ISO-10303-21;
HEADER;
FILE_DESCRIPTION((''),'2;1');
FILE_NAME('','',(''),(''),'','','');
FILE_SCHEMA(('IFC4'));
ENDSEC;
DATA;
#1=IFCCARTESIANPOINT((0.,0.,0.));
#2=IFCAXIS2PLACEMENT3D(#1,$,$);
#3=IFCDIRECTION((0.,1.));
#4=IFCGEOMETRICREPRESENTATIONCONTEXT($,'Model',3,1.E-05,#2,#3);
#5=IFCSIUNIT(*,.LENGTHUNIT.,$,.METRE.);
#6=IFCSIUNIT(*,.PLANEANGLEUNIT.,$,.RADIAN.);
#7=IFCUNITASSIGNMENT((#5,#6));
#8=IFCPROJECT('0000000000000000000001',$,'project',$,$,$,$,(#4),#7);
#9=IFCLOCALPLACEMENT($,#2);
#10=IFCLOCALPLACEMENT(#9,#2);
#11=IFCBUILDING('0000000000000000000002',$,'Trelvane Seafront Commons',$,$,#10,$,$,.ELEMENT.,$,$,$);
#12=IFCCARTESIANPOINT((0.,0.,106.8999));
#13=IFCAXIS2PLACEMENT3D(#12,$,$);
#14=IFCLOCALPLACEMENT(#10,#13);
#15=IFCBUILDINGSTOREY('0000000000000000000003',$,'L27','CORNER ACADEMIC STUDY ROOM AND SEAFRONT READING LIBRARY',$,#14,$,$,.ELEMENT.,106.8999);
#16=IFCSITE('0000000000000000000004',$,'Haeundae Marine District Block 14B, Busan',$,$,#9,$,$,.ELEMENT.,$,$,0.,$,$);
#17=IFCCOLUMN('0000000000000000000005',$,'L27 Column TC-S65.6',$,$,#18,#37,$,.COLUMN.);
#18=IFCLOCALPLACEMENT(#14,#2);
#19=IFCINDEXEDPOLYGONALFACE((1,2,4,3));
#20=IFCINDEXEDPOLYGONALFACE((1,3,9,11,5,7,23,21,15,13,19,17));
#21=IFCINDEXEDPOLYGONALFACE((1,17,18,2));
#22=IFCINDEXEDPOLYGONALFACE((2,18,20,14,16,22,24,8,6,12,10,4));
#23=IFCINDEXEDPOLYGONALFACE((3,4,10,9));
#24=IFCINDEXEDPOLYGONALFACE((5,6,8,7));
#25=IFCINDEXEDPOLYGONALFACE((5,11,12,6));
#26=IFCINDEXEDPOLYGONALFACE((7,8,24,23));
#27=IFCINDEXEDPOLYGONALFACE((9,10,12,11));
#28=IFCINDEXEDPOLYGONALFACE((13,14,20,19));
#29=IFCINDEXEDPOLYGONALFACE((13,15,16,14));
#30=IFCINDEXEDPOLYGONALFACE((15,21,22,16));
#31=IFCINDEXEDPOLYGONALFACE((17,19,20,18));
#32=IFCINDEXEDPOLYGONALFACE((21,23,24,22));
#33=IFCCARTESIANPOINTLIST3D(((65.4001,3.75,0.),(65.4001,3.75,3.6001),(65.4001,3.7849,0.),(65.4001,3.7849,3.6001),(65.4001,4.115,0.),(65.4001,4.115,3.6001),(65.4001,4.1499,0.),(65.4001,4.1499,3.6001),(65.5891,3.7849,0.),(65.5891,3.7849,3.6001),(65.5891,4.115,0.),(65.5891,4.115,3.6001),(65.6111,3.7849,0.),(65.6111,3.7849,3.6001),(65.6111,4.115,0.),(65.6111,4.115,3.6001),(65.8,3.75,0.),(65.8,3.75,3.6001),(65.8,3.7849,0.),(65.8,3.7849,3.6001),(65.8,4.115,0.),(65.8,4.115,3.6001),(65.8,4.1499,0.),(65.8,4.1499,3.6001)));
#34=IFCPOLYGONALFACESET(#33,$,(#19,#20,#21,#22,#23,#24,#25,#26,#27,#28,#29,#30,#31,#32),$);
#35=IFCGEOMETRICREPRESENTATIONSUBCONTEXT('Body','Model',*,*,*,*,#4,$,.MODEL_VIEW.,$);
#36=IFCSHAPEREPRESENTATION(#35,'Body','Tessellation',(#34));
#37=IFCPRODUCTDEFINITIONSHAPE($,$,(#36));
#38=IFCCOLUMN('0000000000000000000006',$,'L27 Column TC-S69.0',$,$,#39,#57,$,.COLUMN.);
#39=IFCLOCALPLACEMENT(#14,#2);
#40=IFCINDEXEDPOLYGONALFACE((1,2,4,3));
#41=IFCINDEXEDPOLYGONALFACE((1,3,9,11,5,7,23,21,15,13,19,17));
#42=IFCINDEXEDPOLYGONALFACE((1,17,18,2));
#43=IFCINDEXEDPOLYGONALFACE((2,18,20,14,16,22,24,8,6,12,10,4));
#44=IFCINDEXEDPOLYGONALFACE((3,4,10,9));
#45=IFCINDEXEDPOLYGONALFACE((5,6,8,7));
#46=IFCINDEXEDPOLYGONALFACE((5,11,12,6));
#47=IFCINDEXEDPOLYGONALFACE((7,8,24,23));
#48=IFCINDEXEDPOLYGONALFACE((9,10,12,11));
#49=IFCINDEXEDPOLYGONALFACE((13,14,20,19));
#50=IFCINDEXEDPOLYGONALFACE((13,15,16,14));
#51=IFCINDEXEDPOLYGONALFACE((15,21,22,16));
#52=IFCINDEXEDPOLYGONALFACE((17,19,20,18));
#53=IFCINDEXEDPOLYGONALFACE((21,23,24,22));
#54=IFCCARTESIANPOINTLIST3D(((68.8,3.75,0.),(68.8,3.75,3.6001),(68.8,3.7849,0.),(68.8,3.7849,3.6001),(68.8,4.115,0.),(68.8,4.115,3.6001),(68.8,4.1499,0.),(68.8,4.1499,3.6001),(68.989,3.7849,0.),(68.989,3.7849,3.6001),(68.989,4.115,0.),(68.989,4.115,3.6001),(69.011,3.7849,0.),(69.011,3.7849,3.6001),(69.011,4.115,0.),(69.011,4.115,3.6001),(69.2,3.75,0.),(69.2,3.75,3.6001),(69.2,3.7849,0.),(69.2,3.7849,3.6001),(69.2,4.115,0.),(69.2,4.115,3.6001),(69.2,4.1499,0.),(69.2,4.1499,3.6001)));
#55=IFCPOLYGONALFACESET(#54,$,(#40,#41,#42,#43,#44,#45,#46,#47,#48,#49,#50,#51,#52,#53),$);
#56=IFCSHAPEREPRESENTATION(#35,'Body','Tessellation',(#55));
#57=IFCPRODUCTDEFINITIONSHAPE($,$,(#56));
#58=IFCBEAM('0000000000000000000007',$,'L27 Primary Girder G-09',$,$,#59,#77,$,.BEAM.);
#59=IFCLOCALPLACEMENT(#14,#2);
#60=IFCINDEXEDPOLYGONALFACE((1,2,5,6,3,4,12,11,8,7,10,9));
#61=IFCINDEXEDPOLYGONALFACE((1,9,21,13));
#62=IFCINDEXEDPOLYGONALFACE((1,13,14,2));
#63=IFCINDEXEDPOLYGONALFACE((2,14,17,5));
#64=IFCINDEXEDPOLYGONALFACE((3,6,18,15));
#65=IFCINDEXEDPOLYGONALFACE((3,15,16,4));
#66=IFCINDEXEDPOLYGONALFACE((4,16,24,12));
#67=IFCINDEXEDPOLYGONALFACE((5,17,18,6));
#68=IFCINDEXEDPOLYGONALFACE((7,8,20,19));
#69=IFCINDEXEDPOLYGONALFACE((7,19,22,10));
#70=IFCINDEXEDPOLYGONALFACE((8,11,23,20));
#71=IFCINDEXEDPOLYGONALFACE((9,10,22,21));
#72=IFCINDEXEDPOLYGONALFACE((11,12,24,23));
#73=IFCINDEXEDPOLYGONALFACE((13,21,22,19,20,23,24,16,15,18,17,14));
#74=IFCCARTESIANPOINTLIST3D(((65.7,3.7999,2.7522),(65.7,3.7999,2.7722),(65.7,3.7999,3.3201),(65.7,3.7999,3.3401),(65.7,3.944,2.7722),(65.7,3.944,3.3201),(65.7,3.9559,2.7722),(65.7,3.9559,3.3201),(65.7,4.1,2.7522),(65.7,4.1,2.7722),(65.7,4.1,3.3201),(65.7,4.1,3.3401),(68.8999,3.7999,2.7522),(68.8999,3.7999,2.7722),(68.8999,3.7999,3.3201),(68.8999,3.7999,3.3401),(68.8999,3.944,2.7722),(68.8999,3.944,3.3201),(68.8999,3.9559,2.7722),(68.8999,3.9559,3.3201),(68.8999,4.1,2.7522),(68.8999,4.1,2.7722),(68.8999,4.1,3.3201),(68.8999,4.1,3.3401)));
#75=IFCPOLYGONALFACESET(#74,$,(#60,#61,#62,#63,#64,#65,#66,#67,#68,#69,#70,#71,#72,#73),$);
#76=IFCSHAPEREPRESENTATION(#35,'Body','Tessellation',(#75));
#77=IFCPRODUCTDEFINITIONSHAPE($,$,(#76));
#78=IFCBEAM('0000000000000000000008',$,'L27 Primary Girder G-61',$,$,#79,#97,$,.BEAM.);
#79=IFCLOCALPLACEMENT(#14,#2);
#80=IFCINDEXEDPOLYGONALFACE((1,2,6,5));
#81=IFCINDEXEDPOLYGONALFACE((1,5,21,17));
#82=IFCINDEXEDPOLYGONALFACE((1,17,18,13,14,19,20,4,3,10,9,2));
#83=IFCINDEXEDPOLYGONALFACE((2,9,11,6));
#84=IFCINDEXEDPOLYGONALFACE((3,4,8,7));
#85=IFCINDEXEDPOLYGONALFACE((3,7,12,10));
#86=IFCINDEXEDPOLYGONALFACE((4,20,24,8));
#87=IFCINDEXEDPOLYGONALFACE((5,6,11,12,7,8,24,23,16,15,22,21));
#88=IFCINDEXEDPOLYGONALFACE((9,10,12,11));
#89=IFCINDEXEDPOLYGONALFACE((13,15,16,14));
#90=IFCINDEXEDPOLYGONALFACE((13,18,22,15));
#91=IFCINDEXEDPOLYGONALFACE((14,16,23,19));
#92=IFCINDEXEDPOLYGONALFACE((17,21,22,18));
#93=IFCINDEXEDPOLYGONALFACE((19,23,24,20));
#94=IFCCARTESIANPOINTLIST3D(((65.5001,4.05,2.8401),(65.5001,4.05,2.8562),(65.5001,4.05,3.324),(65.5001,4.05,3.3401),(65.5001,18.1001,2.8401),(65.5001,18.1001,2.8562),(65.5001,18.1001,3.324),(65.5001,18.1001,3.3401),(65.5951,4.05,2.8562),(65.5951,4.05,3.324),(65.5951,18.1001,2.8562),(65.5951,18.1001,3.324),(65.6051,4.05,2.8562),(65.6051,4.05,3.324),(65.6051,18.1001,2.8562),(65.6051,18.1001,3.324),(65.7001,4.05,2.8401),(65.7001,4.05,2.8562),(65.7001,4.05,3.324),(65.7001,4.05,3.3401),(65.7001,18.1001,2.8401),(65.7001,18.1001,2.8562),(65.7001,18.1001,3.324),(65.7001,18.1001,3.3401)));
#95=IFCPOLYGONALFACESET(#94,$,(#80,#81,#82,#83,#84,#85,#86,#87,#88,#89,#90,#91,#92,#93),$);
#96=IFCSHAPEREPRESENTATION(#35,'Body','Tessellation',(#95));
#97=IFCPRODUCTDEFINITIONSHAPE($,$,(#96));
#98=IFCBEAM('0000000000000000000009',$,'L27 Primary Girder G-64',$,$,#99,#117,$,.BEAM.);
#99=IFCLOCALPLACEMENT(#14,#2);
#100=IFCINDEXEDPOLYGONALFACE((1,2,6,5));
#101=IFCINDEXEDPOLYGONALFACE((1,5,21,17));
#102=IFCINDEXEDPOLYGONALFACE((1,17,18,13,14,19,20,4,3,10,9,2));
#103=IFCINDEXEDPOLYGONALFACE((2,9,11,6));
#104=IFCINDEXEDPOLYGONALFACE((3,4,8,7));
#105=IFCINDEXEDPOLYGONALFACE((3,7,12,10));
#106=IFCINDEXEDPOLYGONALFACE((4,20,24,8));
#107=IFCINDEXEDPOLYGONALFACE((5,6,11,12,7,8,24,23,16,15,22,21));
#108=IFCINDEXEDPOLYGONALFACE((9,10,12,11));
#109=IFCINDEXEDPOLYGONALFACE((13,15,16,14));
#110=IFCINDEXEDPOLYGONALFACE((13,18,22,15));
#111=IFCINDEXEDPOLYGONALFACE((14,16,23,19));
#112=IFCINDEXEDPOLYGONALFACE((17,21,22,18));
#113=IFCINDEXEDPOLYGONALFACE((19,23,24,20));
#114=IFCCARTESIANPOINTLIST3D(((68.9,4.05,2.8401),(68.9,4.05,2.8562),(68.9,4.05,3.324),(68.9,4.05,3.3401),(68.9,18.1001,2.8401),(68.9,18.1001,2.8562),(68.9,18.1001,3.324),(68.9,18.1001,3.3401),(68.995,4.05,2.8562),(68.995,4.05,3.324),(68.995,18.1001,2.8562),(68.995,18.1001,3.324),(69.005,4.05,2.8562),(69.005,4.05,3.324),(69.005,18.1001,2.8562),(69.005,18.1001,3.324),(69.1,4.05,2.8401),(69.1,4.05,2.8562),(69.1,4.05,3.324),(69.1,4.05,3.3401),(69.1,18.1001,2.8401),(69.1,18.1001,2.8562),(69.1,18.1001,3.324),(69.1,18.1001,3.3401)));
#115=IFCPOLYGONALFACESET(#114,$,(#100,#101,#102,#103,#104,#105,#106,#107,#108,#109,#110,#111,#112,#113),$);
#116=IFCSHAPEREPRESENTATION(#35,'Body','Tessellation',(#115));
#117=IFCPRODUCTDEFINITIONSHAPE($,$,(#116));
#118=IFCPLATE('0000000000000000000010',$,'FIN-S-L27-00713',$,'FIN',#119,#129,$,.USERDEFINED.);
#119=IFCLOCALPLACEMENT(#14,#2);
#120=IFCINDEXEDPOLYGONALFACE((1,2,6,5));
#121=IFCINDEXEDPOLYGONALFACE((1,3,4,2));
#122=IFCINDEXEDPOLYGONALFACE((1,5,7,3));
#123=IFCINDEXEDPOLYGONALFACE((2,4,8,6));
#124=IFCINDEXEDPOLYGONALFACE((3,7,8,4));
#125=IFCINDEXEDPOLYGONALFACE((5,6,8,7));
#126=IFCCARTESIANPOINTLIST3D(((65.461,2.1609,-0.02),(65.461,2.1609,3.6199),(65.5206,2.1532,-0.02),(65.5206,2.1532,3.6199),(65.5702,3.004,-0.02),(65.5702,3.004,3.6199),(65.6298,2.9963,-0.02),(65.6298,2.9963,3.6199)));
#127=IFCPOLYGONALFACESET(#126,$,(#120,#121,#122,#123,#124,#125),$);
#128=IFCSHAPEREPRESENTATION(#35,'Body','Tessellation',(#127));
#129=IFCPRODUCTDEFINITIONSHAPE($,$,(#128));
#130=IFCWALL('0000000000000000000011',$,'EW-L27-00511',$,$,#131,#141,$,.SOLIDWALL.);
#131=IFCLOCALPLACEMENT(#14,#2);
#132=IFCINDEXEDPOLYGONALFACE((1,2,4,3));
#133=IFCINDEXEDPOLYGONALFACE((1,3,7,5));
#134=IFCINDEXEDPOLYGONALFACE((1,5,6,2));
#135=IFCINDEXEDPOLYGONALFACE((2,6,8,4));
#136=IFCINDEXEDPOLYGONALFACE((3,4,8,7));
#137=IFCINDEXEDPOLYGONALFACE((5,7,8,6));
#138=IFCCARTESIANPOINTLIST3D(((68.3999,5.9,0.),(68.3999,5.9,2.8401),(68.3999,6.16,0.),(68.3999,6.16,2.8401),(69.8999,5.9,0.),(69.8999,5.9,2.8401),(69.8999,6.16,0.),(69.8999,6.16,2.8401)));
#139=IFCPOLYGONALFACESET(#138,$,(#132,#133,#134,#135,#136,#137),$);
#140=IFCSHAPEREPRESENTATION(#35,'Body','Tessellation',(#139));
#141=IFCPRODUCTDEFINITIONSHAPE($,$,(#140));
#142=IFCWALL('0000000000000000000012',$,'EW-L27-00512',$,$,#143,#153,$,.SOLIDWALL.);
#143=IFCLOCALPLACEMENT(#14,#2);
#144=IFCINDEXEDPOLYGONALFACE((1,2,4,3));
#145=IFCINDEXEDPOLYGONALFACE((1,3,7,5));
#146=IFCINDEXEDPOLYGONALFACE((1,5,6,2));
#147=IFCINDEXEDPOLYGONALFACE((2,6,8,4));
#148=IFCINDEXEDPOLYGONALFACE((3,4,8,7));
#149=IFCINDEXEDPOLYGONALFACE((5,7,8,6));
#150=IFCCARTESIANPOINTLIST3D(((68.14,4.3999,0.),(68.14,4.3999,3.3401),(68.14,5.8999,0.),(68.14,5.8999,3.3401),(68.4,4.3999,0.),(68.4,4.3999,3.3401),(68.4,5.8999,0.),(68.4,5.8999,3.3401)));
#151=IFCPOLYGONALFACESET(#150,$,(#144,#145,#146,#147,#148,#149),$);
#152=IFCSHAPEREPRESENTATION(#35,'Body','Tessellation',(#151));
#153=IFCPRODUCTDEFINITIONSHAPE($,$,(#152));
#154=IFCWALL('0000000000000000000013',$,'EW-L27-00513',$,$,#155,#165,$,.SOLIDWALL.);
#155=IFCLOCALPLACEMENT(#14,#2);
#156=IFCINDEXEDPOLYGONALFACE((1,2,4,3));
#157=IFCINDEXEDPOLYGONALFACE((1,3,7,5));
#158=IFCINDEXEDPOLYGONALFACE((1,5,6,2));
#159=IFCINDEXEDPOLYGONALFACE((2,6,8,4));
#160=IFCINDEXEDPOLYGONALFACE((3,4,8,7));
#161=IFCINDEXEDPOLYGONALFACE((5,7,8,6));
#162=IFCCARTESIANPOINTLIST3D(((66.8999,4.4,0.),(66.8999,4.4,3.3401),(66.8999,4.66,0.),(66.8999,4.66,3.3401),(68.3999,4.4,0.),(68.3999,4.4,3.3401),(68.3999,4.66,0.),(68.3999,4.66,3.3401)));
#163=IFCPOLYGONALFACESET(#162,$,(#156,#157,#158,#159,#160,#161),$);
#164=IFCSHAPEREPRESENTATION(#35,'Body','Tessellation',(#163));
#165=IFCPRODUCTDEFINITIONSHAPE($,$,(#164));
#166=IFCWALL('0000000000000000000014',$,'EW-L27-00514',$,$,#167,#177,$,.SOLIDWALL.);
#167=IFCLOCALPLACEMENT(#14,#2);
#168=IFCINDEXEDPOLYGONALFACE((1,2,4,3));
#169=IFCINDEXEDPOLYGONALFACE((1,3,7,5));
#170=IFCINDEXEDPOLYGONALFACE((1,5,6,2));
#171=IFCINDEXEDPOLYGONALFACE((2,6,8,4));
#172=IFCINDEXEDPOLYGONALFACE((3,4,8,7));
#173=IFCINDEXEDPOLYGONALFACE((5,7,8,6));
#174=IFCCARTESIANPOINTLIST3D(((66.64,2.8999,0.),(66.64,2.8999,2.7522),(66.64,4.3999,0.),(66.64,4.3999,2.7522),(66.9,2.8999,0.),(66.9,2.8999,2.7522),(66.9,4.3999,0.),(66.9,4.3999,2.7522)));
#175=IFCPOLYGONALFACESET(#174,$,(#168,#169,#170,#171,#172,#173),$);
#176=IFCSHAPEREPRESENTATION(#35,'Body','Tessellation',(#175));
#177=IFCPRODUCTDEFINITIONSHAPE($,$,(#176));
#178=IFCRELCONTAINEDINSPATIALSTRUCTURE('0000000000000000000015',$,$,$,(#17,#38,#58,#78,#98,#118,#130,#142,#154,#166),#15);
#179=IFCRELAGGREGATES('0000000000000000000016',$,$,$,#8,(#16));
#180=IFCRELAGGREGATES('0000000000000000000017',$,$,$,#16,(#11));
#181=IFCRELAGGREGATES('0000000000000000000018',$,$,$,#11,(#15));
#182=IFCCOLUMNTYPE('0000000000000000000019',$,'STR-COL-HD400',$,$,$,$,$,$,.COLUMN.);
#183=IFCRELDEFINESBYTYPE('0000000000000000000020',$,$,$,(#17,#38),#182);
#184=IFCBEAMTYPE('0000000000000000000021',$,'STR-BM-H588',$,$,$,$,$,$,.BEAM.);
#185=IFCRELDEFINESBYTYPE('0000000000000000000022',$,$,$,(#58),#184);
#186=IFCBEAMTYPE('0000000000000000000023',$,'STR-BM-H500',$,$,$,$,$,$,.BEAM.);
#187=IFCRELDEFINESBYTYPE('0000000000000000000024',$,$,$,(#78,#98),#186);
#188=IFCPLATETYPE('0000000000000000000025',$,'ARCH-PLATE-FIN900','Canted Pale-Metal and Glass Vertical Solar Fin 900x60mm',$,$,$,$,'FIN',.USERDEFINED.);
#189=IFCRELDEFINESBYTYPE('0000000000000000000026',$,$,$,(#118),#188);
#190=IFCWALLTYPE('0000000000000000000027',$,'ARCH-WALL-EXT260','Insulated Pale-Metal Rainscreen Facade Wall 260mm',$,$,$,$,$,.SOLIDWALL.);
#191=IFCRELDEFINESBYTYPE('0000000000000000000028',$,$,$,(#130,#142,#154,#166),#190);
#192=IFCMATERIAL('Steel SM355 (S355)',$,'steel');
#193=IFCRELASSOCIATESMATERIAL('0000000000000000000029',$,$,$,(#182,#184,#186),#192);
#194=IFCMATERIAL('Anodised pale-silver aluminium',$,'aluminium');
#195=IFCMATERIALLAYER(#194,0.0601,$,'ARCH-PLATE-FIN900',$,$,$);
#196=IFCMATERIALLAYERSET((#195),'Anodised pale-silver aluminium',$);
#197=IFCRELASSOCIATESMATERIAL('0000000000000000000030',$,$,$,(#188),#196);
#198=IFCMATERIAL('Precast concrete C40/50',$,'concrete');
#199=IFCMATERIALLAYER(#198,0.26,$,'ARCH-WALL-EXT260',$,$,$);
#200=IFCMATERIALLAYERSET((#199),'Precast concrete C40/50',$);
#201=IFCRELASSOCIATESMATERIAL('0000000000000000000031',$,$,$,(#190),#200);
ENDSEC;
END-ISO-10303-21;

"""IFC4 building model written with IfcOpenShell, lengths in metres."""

from ifc_helpers import new_model, si_unit, direction, frame, frame_2d, origin, origin_2d, place, context, subcontext, project, spatial, rectangle, i_section, extrude, source, transform, mapped, material, layer, layer_set, material_profile, profile_set, type_object, element, save


model = new_model("IFC4")

# Units and contexts
model_context = context("Model", 3, precision=1e-05, world=origin(), true_north=direction((0.0, 1.0)))
body_context = subcontext(model_context, "Body", "Model", "MODEL_VIEW")
ifc_project = project(units=[si_unit("LENGTHUNIT", "METRE"), si_unit("PLANEANGLEUNIT", "RADIAN")], contexts=[model_context])

# Site, building, storey
site_placement = place(None, origin())
site = spatial("IfcSite", under=ifc_project, at=site_placement, Name="Haeundae Marine District Block 14B, Busan", CompositionType="ELEMENT", RefElevation=0.0)
building_placement = place(site_placement, origin())
building = spatial("IfcBuilding", under=site, at=building_placement, Name="Trelvane Seafront Commons", CompositionType="ELEMENT")
storey_placement = place(building_placement, frame((0.0, 0.0, 106.8999)))
storey = spatial("IfcBuildingStorey", under=building, at=storey_placement, Name="L27", Description="CORNER ACADEMIC STUDY ROOM AND SEAFRONT READING LIBRARY", CompositionType="ELEMENT", Elevation=106.8999)

# Columns
ifc_material_1 = material(Name="Steel SM355 (S355)", Category="steel")
ifc_material_profile_1 = material_profile(ifc_material_1, i_section(OverallWidth=0.3999, OverallDepth=0.3999, WebThickness=0.022, FlangeThickness=0.0349, at=origin_2d()), Name="HD-400x400x22x35")
ifc_profile_set_1 = profile_set([ifc_material_profile_1], Name="Steel SM355 (S355)")
column_type = type_object("IfcColumnType", Name="STR-COL-HD400", PredefinedType="COLUMN", material=ifc_profile_set_1)
shared_shape_1 = source(origin(), body_context, "Body", "SweptSolid", [
    extrude(i_section(OverallWidth=0.3999, OverallDepth=0.3999, WebThickness=0.022, FlangeThickness=0.0349, at=origin_2d()), origin(), (0.0, 0.0, 1.0), 3.6001),
])
for number, where, z_axis, x_axis, name in (
    (1, (65.6001, 3.95, 0.0), (0.0, 0.0, 1.0), (1.0, 0.0, 0.0), "L27 Column TC-S65.6"),
    (2, (69.0, 3.95, 0.0), (0.0, 0.0, 1.0), (1.0, 0.0, 0.0), "L27 Column TC-S69.0"),
):
    element("IfcColumn", number, at=place(storey_placement, frame(where, z_axis=z_axis, x_axis=x_axis)), inside=storey, type_object=column_type, Name=name, PredefinedType="COLUMN", context=body_context, shape_type="MappedRepresentation", body=[
        mapped(shared_shape_1, transform((0.0, 0.0, 0.0), x_axis=(1.0, 0.0, 0.0), y_axis=(0.0, 1.0, 0.0), z_axis=(0.0, 0.0, 1.0), scale=1.0)),
    ])

# Beams
ifc_material_profile_2 = material_profile(ifc_material_1, i_section(OverallWidth=0.3, OverallDepth=0.5879, WebThickness=0.012, FlangeThickness=0.02, at=origin_2d()), Name="H-588x300x12x20")
ifc_profile_set_2 = profile_set([ifc_material_profile_2], Name="Steel SM355 (S355)")
beam_type_1 = type_object("IfcBeamType", Name="STR-BM-H588", PredefinedType="BEAM", material=ifc_profile_set_2)
shared_shape_2 = source(origin(), body_context, "Body", "SweptSolid", [
    extrude(i_section(OverallWidth=0.3, OverallDepth=0.5879, WebThickness=0.012, FlangeThickness=0.02, at=origin_2d()), origin(), (0.0, 0.0, 1.0), 3.2),
])
beam_placement = place(storey_placement, frame((65.7, 3.95, 3.0461), z_axis=(1.0, 0.0, 0.0), x_axis=(0.0, 1.0, 0.0)))
element("IfcBeam", 3, at=beam_placement, inside=storey, type_object=beam_type_1, Name="L27 Primary Girder G-09", PredefinedType="BEAM", context=body_context, shape_type="MappedRepresentation", body=[
    mapped(shared_shape_2, transform((0.0, 0.0, 0.0), x_axis=(1.0, 0.0, 0.0), y_axis=(0.0, 1.0, 0.0), z_axis=(0.0, 0.0, 1.0), scale=1.0)),
])
ifc_material_profile_3 = material_profile(ifc_material_1, i_section(OverallWidth=0.2, OverallDepth=0.5, WebThickness=0.01, FlangeThickness=0.0161, at=origin_2d()), Name="H-500x200x10x16")
ifc_profile_set_3 = profile_set([ifc_material_profile_3], Name="Steel SM355 (S355)")
beam_type_2 = type_object("IfcBeamType", Name="STR-BM-H500", PredefinedType="BEAM", material=ifc_profile_set_3)
shared_shape_3 = source(origin(), body_context, "Body", "SweptSolid", [
    extrude(i_section(OverallWidth=0.2, OverallDepth=0.5, WebThickness=0.01, FlangeThickness=0.0161, at=origin_2d()), origin(), (0.0, 0.0, 1.0), 14.05),
])
for number, where, z_axis, x_axis, name in (
    (4, (65.6001, 4.05, 3.0901), (0.0, 1.0, 0.0), (-1.0, 0.0, 0.0), "L27 Primary Girder G-61"),
    (5, (69.0, 4.05, 3.0901), (0.0, 1.0, 0.0), (-1.0, 0.0, 0.0), "L27 Primary Girder G-64"),
):
    element("IfcBeam", number, at=place(storey_placement, frame(where, z_axis=z_axis, x_axis=x_axis)), inside=storey, type_object=beam_type_2, Name=name, PredefinedType="BEAM", context=body_context, shape_type="MappedRepresentation", body=[
        mapped(shared_shape_3, transform((0.0, 0.0, 0.0), x_axis=(1.0, 0.0, 0.0), y_axis=(0.0, 1.0, 0.0), z_axis=(0.0, 0.0, 1.0), scale=1.0)),
    ])

# Plate
ifc_material_2 = material(Name="Anodised pale-silver aluminium", Category="aluminium")
ifc_layer_1 = layer(ifc_material_2, 0.0601, Name="ARCH-PLATE-FIN900")
ifc_layer_set_1 = layer_set([ifc_layer_1], Name="Anodised pale-silver aluminium")
plate_type = type_object("IfcPlateType", Name="ARCH-PLATE-FIN900", Description="Canted Pale-Metal and Glass Vertical Solar Fin 900x60mm", ElementType="FIN", PredefinedType="USERDEFINED", material=ifc_layer_set_1)
shared_shape_4 = source(origin(), body_context, "Body", "SweptSolid", [
    extrude(rectangle(XDim=0.8501, YDim=0.0601, at=origin_2d()), origin(), (0.0, 0.0, 1.0), 3.6399),
])
plate_placement = place(storey_placement, frame((65.5454, 2.5786, -0.02), z_axis=(0.0, 0.0, 1.0), x_axis=(-0.128463, -0.991714, 0.0)))
element("IfcPlate", 6, at=plate_placement, inside=storey, type_object=plate_type, Name="FIN-S-L27-00713", ObjectType="FIN", PredefinedType="USERDEFINED", context=body_context, shape_type="MappedRepresentation", body=[
    mapped(shared_shape_4, transform((0.0, 0.0, 0.0), x_axis=(1.0, 0.0, 0.0), y_axis=(0.0, 1.0, 0.0), z_axis=(0.0, 0.0, 1.0), scale=1.0)),
])

# Walls
ifc_material_3 = material(Name="Precast concrete C40/50", Category="concrete")
ifc_layer_2 = layer(ifc_material_3, 0.26, Name="ARCH-WALL-EXT260")
ifc_layer_set_2 = layer_set([ifc_layer_2], Name="Precast concrete C40/50")
wall_type_1 = type_object("IfcWallType", Name="ARCH-WALL-EXT260", Description="Insulated Pale-Metal Rainscreen Facade Wall 260mm", PredefinedType="SOLIDWALL", material=ifc_layer_set_2)
wall_1_placement = place(storey_placement, frame((69.8999, 6.03, 0.0), z_axis=(0.0, 0.0, 1.0), x_axis=(-1.0, 0.0, 0.0)))
element("IfcWall", 7, at=wall_1_placement, inside=storey, type_object=wall_type_1, Name="EW-L27-00511", PredefinedType="SOLIDWALL", context=body_context, shape_type="SweptSolid", body=[
    extrude(rectangle(XDim=1.5, YDim=0.26, at=frame_2d((0.75, 0.0))), origin(), (0.0, 0.0, 1.0), 2.8401),
])
for number, where, z_axis, x_axis, name in (
    (8, (68.27, 5.8999, 0.0), (0.0, 0.0, 1.0), (0.0, -1.0, 0.0), "EW-L27-00512"),
    (9, (68.3999, 4.53, 0.0), (0.0, 0.0, 1.0), (-1.0, 0.0, 0.0), "EW-L27-00513"),
):
    element("IfcWall", number, at=place(storey_placement, frame(where, z_axis=z_axis, x_axis=x_axis)), inside=storey, type_object=wall_type_1, Name=name, PredefinedType="SOLIDWALL", context=body_context, shape_type="SweptSolid", body=[
        extrude(rectangle(XDim=1.5, YDim=0.26, at=frame_2d((0.75, 0.0))), origin(), (0.0, 0.0, 1.0), 3.3401),
    ])
wall_2_placement = place(storey_placement, frame((66.77, 4.3999, 0.0), z_axis=(0.0, 0.0, 1.0), x_axis=(0.0, -1.0, 0.0)))
element("IfcWall", 10, at=wall_2_placement, inside=storey, type_object=wall_type_1, Name="EW-L27-00514", PredefinedType="SOLIDWALL", context=body_context, shape_type="SweptSolid", body=[
    extrude(rectangle(XDim=1.5, YDim=0.26, at=frame_2d((0.75, 0.0))), origin(), (0.0, 0.0, 1.0), 2.7522),
])

save(model, "model.ifc")
